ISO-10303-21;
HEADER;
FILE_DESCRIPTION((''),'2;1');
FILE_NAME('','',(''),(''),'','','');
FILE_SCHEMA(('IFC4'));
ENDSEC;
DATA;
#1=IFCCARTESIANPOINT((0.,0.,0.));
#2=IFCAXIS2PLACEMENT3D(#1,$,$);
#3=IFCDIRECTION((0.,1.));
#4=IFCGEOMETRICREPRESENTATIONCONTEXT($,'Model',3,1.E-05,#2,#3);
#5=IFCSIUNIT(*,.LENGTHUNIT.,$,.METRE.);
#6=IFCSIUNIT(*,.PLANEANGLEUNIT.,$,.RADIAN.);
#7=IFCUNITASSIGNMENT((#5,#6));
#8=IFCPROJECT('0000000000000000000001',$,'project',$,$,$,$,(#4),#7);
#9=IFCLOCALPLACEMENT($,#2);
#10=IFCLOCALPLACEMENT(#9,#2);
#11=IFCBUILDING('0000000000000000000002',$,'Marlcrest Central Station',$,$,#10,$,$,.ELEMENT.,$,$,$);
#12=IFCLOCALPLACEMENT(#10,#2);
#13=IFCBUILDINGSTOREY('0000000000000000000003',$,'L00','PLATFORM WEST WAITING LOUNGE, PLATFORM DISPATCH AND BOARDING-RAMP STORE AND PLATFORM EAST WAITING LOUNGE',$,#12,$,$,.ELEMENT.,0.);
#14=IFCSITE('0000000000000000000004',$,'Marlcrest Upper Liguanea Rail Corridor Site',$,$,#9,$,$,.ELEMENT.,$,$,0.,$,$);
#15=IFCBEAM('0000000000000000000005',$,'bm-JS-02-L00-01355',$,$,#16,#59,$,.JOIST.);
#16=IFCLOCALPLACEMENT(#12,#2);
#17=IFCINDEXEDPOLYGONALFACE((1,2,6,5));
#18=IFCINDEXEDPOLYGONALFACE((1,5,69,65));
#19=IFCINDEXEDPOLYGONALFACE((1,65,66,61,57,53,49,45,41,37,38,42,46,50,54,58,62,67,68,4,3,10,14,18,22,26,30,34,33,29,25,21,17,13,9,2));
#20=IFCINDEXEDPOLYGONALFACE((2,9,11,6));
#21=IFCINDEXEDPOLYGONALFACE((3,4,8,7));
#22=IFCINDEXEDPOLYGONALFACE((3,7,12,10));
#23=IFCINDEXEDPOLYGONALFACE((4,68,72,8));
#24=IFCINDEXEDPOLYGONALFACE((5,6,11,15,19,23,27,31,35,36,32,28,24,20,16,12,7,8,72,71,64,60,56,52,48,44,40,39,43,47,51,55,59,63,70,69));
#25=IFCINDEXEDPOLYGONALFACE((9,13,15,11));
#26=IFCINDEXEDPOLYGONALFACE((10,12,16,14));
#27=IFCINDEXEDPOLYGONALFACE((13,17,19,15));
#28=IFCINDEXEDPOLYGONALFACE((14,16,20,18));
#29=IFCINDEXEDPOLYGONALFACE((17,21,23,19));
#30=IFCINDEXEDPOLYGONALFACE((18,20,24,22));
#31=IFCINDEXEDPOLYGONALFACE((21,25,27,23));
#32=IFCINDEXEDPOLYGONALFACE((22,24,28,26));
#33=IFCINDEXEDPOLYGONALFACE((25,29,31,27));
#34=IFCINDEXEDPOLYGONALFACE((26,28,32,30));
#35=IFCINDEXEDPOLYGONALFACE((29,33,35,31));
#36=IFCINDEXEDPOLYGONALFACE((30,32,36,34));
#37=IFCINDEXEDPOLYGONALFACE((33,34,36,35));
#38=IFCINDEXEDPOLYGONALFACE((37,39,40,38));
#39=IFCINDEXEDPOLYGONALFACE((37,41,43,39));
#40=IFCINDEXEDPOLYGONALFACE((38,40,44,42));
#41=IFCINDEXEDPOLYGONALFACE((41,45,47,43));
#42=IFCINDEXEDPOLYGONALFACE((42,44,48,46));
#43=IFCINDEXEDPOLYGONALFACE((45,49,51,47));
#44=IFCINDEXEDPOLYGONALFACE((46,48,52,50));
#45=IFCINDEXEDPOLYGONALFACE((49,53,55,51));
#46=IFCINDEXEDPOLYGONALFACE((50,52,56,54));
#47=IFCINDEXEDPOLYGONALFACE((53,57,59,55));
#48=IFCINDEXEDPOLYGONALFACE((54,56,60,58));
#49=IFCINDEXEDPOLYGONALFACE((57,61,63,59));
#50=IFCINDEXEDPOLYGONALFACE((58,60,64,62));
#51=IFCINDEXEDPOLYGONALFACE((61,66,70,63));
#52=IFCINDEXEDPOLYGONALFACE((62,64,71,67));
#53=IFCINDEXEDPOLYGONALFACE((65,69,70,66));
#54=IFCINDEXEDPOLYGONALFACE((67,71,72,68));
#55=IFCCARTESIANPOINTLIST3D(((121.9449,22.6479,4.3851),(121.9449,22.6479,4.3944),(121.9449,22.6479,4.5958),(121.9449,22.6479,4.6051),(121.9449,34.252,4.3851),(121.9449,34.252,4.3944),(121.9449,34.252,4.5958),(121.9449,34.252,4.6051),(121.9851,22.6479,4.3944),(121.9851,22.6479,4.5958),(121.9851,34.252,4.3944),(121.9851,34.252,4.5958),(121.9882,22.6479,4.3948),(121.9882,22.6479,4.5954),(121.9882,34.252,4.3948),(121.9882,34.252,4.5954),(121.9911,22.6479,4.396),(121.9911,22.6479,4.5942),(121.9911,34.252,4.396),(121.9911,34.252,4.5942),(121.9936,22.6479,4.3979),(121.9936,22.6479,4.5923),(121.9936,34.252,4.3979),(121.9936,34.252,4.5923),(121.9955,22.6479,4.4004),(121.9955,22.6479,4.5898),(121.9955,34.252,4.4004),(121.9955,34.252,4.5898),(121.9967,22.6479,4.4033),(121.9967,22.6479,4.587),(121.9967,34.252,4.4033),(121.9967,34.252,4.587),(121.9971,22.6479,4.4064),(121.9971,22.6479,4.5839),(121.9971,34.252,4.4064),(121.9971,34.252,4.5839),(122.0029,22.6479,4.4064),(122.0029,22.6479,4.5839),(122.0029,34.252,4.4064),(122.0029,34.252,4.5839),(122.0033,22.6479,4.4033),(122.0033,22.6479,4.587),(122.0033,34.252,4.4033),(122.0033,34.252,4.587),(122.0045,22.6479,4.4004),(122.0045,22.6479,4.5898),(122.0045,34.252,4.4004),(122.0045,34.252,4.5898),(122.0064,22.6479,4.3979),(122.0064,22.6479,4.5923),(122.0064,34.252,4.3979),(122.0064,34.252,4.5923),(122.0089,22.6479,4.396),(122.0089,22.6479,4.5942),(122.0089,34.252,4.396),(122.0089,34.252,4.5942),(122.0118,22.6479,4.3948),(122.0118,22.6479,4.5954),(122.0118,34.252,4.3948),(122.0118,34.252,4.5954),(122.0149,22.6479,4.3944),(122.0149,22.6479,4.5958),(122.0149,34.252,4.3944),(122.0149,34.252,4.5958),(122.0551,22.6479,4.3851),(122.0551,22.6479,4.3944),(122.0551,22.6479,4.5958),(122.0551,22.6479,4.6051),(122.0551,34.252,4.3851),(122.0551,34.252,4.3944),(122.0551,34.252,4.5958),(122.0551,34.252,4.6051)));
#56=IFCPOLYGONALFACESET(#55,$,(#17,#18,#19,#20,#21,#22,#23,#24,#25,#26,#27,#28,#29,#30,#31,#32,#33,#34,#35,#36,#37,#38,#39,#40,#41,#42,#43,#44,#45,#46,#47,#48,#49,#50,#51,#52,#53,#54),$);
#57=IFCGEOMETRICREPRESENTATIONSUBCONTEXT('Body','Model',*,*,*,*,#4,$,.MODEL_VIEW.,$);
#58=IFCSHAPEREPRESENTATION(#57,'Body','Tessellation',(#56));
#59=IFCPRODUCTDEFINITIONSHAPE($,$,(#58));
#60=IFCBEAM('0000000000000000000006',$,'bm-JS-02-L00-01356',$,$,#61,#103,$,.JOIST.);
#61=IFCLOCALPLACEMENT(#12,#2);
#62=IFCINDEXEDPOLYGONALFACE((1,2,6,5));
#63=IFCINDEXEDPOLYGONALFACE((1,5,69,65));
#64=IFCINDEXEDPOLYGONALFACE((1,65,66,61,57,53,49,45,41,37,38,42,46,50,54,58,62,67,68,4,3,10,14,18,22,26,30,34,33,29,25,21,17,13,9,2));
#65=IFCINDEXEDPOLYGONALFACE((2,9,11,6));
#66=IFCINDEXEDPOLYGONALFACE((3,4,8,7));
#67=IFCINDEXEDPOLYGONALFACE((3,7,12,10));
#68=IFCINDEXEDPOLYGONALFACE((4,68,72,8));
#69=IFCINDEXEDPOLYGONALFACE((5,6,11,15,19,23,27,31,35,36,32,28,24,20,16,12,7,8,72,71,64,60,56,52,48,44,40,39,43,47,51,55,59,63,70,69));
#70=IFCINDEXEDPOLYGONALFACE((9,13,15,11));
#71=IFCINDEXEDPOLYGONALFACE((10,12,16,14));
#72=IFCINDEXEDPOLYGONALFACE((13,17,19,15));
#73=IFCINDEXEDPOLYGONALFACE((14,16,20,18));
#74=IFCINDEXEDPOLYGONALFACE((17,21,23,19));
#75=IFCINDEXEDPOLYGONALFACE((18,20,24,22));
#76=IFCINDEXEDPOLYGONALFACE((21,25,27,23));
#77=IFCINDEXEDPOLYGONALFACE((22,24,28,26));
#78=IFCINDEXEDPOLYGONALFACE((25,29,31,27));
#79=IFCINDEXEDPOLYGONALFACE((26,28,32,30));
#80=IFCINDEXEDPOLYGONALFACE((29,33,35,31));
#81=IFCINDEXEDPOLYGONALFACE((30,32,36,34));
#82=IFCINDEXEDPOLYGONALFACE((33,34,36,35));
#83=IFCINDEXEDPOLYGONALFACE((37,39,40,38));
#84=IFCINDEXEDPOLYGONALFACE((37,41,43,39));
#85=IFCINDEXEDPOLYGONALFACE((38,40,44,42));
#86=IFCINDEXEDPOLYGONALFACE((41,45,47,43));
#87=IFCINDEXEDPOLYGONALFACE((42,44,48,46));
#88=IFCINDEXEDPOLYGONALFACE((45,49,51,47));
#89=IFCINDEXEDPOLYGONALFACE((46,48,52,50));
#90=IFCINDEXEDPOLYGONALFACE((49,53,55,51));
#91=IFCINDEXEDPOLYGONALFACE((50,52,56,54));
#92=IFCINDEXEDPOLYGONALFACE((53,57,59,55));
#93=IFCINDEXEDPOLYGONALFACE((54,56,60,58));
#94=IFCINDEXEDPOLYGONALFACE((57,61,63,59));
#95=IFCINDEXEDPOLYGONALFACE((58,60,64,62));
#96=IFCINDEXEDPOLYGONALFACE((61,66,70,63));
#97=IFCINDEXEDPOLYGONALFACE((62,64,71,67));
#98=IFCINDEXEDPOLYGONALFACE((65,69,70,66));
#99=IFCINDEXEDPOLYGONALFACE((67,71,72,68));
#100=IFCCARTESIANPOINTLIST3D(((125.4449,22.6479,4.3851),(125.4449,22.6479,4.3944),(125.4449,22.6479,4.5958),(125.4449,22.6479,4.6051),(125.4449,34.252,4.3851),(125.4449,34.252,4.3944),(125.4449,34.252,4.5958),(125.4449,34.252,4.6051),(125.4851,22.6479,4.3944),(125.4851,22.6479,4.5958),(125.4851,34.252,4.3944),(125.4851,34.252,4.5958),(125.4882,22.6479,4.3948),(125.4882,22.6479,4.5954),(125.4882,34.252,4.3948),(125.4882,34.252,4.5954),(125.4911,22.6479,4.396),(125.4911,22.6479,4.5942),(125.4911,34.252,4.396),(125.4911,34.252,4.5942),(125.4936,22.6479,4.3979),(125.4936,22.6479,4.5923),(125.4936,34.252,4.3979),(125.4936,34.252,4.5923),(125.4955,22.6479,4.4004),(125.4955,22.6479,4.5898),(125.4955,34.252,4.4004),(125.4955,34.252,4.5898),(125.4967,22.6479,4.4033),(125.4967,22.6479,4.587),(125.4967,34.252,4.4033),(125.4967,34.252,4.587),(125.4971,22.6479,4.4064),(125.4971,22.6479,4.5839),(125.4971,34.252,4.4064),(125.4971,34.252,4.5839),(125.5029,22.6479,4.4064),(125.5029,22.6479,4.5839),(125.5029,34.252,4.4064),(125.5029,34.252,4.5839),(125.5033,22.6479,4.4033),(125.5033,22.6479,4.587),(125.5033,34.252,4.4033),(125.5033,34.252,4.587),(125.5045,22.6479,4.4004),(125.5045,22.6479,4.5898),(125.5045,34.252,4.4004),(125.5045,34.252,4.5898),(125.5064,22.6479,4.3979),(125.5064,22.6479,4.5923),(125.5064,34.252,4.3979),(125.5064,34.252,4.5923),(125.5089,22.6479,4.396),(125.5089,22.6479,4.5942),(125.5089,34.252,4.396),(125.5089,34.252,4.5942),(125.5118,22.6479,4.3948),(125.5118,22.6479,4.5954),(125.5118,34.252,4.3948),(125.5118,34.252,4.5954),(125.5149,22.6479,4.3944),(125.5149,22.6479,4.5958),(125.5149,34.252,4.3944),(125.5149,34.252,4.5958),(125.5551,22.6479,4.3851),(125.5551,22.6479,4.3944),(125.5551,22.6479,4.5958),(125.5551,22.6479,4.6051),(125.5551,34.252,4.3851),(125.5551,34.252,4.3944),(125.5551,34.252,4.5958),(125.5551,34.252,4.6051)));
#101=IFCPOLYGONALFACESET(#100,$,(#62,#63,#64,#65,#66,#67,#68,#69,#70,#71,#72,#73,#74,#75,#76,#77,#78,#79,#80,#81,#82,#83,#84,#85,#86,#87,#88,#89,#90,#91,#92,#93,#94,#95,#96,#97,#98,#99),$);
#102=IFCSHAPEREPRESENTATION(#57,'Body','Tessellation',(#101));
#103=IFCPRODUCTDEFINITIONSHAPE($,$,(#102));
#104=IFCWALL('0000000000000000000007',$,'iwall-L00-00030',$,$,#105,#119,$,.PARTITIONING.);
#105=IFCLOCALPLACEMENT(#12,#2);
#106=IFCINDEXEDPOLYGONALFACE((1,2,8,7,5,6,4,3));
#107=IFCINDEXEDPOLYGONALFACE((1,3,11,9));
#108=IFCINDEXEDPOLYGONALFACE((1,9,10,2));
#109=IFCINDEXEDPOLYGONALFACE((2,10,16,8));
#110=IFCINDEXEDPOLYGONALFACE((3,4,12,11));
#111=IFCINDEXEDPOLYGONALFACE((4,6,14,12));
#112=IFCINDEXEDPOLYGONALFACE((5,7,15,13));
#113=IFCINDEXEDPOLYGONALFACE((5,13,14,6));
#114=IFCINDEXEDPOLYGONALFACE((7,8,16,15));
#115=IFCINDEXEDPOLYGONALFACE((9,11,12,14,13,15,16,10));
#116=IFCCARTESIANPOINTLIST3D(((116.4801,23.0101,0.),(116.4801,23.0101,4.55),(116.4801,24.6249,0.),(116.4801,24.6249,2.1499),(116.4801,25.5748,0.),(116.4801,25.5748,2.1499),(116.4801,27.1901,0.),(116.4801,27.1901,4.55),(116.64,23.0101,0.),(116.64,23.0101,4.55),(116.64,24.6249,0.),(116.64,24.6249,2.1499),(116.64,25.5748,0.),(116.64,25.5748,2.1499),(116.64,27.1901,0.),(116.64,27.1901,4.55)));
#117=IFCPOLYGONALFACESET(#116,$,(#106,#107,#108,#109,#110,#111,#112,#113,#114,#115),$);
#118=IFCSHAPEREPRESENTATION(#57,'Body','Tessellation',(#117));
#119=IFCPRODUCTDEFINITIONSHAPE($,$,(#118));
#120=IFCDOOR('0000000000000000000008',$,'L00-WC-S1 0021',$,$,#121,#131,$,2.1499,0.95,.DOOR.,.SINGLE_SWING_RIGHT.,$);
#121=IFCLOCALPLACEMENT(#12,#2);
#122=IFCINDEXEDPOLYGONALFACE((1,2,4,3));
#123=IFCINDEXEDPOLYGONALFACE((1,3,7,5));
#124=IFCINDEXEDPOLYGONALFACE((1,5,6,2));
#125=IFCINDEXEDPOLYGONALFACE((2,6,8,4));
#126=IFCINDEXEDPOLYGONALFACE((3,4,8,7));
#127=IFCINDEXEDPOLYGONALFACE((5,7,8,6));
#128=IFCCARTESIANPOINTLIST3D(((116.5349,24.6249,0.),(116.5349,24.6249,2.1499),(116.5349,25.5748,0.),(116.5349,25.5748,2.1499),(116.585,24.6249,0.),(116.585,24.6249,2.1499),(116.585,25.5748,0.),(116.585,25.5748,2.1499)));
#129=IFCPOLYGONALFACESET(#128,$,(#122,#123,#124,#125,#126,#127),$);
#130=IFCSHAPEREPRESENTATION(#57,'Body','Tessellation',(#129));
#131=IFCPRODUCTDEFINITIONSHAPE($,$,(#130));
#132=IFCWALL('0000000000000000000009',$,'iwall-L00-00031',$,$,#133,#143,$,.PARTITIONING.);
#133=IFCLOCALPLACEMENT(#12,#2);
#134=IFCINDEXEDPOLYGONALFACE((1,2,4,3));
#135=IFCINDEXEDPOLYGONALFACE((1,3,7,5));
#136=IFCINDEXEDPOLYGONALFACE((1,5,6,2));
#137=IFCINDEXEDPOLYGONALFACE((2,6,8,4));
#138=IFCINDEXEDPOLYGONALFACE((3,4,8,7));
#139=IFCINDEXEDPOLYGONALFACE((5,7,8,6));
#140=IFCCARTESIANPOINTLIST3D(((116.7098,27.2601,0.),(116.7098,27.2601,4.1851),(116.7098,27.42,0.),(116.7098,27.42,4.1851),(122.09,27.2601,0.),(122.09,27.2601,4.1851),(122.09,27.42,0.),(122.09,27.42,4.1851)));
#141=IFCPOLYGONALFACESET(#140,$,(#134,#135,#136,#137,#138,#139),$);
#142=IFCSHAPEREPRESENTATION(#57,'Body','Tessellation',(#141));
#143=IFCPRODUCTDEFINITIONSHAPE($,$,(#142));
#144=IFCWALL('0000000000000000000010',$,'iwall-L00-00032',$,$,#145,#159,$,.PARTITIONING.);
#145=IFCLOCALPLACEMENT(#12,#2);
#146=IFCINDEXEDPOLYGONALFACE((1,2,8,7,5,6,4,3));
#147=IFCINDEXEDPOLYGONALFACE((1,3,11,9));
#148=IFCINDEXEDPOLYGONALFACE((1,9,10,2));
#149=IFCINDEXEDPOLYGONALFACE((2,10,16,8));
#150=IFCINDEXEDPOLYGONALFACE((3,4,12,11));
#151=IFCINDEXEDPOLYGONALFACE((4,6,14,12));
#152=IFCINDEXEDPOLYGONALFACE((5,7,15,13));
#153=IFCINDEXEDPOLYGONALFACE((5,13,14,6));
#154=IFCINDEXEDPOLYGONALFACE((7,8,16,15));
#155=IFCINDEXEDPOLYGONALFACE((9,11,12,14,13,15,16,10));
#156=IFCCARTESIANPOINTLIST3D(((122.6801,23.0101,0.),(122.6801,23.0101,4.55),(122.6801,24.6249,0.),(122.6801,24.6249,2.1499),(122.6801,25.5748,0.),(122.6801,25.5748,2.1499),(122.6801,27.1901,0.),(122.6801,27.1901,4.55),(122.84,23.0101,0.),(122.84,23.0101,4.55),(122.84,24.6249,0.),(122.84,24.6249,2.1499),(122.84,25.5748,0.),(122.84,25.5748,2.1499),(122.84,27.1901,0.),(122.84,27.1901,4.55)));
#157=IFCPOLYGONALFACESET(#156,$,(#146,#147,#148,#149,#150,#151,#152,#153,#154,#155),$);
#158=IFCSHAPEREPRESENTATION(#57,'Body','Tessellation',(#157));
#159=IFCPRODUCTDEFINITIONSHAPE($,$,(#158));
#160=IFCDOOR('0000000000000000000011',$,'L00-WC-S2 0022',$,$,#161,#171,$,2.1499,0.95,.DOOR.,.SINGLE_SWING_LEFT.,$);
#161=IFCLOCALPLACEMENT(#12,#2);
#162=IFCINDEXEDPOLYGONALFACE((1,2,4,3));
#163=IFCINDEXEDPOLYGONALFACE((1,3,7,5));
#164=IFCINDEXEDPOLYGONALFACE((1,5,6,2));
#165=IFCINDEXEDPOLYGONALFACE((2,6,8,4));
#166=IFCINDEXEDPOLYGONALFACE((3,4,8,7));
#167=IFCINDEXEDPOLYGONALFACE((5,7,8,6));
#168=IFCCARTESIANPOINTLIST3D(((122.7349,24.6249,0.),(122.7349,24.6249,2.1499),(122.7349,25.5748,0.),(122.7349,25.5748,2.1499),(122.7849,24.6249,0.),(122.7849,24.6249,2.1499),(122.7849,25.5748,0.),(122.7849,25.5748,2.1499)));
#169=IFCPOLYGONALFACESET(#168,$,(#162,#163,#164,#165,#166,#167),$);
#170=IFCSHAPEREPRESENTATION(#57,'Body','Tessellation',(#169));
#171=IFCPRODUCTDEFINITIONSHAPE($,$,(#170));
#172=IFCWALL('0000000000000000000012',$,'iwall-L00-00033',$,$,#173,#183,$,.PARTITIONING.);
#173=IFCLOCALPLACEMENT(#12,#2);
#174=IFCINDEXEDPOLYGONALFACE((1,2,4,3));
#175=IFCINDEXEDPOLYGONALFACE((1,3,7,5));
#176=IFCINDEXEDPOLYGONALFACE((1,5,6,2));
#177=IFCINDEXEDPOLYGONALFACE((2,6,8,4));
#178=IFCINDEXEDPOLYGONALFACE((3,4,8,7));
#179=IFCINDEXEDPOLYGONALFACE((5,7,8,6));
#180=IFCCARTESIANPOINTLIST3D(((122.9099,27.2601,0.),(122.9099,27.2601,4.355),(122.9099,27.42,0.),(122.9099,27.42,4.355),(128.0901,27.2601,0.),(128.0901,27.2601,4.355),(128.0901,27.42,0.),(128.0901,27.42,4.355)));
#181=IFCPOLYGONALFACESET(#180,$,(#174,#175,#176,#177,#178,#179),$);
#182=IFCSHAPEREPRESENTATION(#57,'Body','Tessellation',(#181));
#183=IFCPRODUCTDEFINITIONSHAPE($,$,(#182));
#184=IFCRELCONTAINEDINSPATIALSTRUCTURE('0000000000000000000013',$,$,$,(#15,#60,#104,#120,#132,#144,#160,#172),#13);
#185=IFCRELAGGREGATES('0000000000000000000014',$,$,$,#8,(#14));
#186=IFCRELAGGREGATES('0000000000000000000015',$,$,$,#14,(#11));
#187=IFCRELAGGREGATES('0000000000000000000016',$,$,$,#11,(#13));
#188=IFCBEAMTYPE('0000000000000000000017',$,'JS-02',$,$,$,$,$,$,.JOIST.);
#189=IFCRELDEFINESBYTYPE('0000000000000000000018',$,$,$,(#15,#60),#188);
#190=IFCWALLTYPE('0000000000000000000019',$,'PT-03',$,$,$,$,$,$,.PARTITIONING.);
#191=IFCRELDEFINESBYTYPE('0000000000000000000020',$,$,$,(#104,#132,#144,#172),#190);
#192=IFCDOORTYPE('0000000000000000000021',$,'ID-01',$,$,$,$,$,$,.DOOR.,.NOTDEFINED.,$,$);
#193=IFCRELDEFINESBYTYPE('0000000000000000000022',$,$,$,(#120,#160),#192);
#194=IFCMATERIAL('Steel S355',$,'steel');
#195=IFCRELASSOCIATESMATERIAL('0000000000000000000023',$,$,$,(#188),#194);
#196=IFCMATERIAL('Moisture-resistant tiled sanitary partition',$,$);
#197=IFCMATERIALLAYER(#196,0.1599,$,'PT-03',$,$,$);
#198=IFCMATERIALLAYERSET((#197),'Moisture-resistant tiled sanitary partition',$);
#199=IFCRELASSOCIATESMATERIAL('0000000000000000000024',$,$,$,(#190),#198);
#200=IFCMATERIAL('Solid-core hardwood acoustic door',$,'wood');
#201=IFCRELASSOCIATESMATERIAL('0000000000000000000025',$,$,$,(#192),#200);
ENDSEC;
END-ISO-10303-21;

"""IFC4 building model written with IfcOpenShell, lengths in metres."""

from ifc_helpers import new_model, si_unit, direction, frame, frame_2d, origin, origin_2d, place, context, subcontext, project, spatial, rectangle, i_section, extrude, material, layer, layer_set, material_profile, profile_set, type_object, element, fill, save


model = new_model("IFC4")

# Units and contexts
model_context = context("Model", 3, precision=1e-05, world=origin(), true_north=direction((0.0, 1.0)))
body_context = subcontext(model_context, "Body", "Model", "MODEL_VIEW")
ifc_project = project(units=[si_unit("LENGTHUNIT", "METRE"), si_unit("PLANEANGLEUNIT", "RADIAN")], contexts=[model_context])

# Site, building, storey
site_placement = place(None, origin())
site = spatial("IfcSite", under=ifc_project, at=site_placement, Name="Marlcrest Upper Liguanea Rail Corridor Site", CompositionType="ELEMENT", RefElevation=0.0)
building_placement = place(site_placement, origin())
building = spatial("IfcBuilding", under=site, at=building_placement, Name="Marlcrest Central Station", CompositionType="ELEMENT")
storey_placement = place(building_placement, origin())
storey = spatial("IfcBuildingStorey", under=building, at=storey_placement, Name="L00", Description="PLATFORM WEST WAITING LOUNGE, PLATFORM DISPATCH AND BOARDING-RAMP STORE AND PLATFORM EAST WAITING LOUNGE", CompositionType="ELEMENT", Elevation=0.0)

# Shared definitions
ifc_material_1 = material(Name="Steel S355", Category="steel")

# Beams
ifc_material_profile_1 = material_profile(ifc_material_1, i_section(OverallWidth=0.1101, OverallDepth=0.22, WebThickness=0.0059, FlangeThickness=0.0093, FilletRadius=0.012, at=origin_2d()), Name="IPE 220")
ifc_profile_set_1 = profile_set([ifc_material_profile_1], Name="Steel S355")
beam_type_1 = type_object("IfcBeamType", Name="JS-02", PredefinedType="JOIST", material=ifc_profile_set_1)
for number, where, z_axis, x_axis, name in (
    (1, (122.0, 22.6479, 4.4951), (0.0, 1.0, 0.0), (-1.0, 0.0, 0.0), "bm-JS-02-L00-01355"),
    (2, (125.5, 22.6479, 4.4951), (0.0, 1.0, 0.0), (-1.0, 0.0, 0.0), "bm-JS-02-L00-01356"),
):
    element("IfcBeam", number, at=place(storey_placement, frame(where, z_axis=z_axis, x_axis=x_axis)), inside=storey, type_object=beam_type_1, Name=name, PredefinedType="JOIST", context=body_context, shape_type="SweptSolid", body=[
        extrude(i_section(OverallWidth=0.1101, OverallDepth=0.22, WebThickness=0.0059, FlangeThickness=0.0093, FilletRadius=0.012, at=origin_2d()), origin(), (0.0, 0.0, 1.0), 11.604),
    ])

# Wall, opening, door
ifc_material_2 = material(Name="Moisture-resistant tiled sanitary partition")
ifc_layer_1 = layer(ifc_material_2, 0.1599, Name="PT-03")
ifc_layer_set_1 = layer_set([ifc_layer_1], Name="Moisture-resistant tiled sanitary partition")
wall_type_1 = type_object("IfcWallType", Name="PT-03", PredefinedType="PARTITIONING", material=ifc_layer_set_1)
wall_1_placement = place(storey_placement, frame((116.5601, 27.1899, 0.0), z_axis=(0.0, 0.0, 1.0), x_axis=(0.0, -1.0, 0.0)))
wall_1 = element("IfcWall", 3, at=wall_1_placement, inside=storey, type_object=wall_type_1, Name="iwall-L00-00030", PredefinedType="PARTITIONING", context=body_context, shape_type="SweptSolid", body=[
    extrude(rectangle(XDim=4.1799, YDim=0.1599, at=frame_2d((2.0898, 0.0))), origin(), (0.0, 0.0, 1.0), 4.55),
])
opening_1_placement = place(wall_1_placement, frame((1.615, 0.0, 0.0)))
opening_1 = element("IfcOpeningElement", 4, at=opening_1_placement, cuts=wall_1, PredefinedType="OPENING", context=body_context, shape_type="SweptSolid", body=[
    extrude(rectangle(XDim=0.95, YDim=2.1499, at=frame_2d((0.4751, 1.075))), frame((0.0, 0.0898, 0.0), z_axis=(0.0, -1.0, 0.0), x_axis=(1.0, 0.0, 0.0)), (0.0, 0.0, 1.0), 0.1799),
])
ifc_material_3 = material(Name="Solid-core hardwood acoustic door", Category="wood")
door_type_1 = type_object("IfcDoorType", Name="ID-01", OperationType="NOTDEFINED", PredefinedType="DOOR", material=ifc_material_3)
door_1_placement = place(opening_1_placement, origin())
door_1 = element("IfcDoor", 5, at=door_1_placement, inside=storey, type_object=door_type_1, Name="L00-WC-S1 0021", OperationType="SINGLE_SWING_RIGHT", OverallHeight=2.1499, OverallWidth=0.95, PredefinedType="DOOR", context=body_context, shape_type="SweptSolid", body=[
    extrude(rectangle(XDim=0.95, YDim=2.1499, at=frame_2d((0.4751, 1.075))), frame((0.0, 0.0249, 0.0), z_axis=(0.0, -1.0, 0.0), x_axis=(1.0, 0.0, 0.0)), (0.0, 0.0, 1.0), 0.05),
])
fill(opening_1, door_1)

# Wall
wall_2_placement = place(storey_placement, frame((116.71, 27.3401, 0.0), z_axis=(0.0, 0.0, 1.0), x_axis=(1.0, 0.0, 0.0)))
element("IfcWall", 6, at=wall_2_placement, inside=storey, type_object=wall_type_1, Name="iwall-L00-00031", PredefinedType="PARTITIONING", context=body_context, shape_type="SweptSolid", body=[
    extrude(rectangle(XDim=5.3801, YDim=0.1599, at=frame_2d((2.6899, 0.0))), origin(), (0.0, 0.0, 1.0), 4.1851),
])

# Wall, opening, door
wall_3_placement = place(storey_placement, frame((122.76, 27.1899, 0.0), z_axis=(0.0, 0.0, 1.0), x_axis=(0.0, -1.0, 0.0)))
wall_3 = element("IfcWall", 7, at=wall_3_placement, inside=storey, type_object=wall_type_1, Name="iwall-L00-00032", PredefinedType="PARTITIONING", context=body_context, shape_type="SweptSolid", body=[
    extrude(rectangle(XDim=4.1799, YDim=0.1599, at=frame_2d((2.0898, 0.0))), origin(), (0.0, 0.0, 1.0), 4.55),
])
opening_2_placement = place(wall_3_placement, frame((1.615, 0.0, 0.0)))
opening_2 = element("IfcOpeningElement", 8, at=opening_2_placement, cuts=wall_3, PredefinedType="OPENING", context=body_context, shape_type="SweptSolid", body=[
    extrude(rectangle(XDim=0.95, YDim=2.1499, at=frame_2d((0.4751, 1.075))), frame((0.0, 0.0898, 0.0), z_axis=(0.0, -1.0, 0.0), x_axis=(1.0, 0.0, 0.0)), (0.0, 0.0, 1.0), 0.1799),
])
door_2_placement = place(opening_2_placement, origin())
door_2 = element("IfcDoor", 9, at=door_2_placement, inside=storey, type_object=door_type_1, Name="L00-WC-S2 0022", OperationType="SINGLE_SWING_LEFT", OverallHeight=2.1499, OverallWidth=0.95, PredefinedType="DOOR", context=body_context, shape_type="SweptSolid", body=[
    extrude(rectangle(XDim=0.95, YDim=2.1499, at=frame_2d((0.4751, 1.075))), frame((0.0, 0.0249, 0.0), z_axis=(0.0, -1.0, 0.0), x_axis=(1.0, 0.0, 0.0)), (0.0, 0.0, 1.0), 0.05),
])
fill(opening_2, door_2)

# Wall
wall_4_placement = place(storey_placement, frame((122.9099, 27.3401, 0.0), z_axis=(0.0, 0.0, 1.0), x_axis=(1.0, 0.0, 0.0)))
element("IfcWall", 10, at=wall_4_placement, inside=storey, type_object=wall_type_1, Name="iwall-L00-00033", PredefinedType="PARTITIONING", context=body_context, shape_type="SweptSolid", body=[
    extrude(rectangle(XDim=5.1802, YDim=0.1599, at=frame_2d((2.5901, 0.0))), origin(), (0.0, 0.0, 1.0), 4.355),
])

save(model, "model.ifc")
